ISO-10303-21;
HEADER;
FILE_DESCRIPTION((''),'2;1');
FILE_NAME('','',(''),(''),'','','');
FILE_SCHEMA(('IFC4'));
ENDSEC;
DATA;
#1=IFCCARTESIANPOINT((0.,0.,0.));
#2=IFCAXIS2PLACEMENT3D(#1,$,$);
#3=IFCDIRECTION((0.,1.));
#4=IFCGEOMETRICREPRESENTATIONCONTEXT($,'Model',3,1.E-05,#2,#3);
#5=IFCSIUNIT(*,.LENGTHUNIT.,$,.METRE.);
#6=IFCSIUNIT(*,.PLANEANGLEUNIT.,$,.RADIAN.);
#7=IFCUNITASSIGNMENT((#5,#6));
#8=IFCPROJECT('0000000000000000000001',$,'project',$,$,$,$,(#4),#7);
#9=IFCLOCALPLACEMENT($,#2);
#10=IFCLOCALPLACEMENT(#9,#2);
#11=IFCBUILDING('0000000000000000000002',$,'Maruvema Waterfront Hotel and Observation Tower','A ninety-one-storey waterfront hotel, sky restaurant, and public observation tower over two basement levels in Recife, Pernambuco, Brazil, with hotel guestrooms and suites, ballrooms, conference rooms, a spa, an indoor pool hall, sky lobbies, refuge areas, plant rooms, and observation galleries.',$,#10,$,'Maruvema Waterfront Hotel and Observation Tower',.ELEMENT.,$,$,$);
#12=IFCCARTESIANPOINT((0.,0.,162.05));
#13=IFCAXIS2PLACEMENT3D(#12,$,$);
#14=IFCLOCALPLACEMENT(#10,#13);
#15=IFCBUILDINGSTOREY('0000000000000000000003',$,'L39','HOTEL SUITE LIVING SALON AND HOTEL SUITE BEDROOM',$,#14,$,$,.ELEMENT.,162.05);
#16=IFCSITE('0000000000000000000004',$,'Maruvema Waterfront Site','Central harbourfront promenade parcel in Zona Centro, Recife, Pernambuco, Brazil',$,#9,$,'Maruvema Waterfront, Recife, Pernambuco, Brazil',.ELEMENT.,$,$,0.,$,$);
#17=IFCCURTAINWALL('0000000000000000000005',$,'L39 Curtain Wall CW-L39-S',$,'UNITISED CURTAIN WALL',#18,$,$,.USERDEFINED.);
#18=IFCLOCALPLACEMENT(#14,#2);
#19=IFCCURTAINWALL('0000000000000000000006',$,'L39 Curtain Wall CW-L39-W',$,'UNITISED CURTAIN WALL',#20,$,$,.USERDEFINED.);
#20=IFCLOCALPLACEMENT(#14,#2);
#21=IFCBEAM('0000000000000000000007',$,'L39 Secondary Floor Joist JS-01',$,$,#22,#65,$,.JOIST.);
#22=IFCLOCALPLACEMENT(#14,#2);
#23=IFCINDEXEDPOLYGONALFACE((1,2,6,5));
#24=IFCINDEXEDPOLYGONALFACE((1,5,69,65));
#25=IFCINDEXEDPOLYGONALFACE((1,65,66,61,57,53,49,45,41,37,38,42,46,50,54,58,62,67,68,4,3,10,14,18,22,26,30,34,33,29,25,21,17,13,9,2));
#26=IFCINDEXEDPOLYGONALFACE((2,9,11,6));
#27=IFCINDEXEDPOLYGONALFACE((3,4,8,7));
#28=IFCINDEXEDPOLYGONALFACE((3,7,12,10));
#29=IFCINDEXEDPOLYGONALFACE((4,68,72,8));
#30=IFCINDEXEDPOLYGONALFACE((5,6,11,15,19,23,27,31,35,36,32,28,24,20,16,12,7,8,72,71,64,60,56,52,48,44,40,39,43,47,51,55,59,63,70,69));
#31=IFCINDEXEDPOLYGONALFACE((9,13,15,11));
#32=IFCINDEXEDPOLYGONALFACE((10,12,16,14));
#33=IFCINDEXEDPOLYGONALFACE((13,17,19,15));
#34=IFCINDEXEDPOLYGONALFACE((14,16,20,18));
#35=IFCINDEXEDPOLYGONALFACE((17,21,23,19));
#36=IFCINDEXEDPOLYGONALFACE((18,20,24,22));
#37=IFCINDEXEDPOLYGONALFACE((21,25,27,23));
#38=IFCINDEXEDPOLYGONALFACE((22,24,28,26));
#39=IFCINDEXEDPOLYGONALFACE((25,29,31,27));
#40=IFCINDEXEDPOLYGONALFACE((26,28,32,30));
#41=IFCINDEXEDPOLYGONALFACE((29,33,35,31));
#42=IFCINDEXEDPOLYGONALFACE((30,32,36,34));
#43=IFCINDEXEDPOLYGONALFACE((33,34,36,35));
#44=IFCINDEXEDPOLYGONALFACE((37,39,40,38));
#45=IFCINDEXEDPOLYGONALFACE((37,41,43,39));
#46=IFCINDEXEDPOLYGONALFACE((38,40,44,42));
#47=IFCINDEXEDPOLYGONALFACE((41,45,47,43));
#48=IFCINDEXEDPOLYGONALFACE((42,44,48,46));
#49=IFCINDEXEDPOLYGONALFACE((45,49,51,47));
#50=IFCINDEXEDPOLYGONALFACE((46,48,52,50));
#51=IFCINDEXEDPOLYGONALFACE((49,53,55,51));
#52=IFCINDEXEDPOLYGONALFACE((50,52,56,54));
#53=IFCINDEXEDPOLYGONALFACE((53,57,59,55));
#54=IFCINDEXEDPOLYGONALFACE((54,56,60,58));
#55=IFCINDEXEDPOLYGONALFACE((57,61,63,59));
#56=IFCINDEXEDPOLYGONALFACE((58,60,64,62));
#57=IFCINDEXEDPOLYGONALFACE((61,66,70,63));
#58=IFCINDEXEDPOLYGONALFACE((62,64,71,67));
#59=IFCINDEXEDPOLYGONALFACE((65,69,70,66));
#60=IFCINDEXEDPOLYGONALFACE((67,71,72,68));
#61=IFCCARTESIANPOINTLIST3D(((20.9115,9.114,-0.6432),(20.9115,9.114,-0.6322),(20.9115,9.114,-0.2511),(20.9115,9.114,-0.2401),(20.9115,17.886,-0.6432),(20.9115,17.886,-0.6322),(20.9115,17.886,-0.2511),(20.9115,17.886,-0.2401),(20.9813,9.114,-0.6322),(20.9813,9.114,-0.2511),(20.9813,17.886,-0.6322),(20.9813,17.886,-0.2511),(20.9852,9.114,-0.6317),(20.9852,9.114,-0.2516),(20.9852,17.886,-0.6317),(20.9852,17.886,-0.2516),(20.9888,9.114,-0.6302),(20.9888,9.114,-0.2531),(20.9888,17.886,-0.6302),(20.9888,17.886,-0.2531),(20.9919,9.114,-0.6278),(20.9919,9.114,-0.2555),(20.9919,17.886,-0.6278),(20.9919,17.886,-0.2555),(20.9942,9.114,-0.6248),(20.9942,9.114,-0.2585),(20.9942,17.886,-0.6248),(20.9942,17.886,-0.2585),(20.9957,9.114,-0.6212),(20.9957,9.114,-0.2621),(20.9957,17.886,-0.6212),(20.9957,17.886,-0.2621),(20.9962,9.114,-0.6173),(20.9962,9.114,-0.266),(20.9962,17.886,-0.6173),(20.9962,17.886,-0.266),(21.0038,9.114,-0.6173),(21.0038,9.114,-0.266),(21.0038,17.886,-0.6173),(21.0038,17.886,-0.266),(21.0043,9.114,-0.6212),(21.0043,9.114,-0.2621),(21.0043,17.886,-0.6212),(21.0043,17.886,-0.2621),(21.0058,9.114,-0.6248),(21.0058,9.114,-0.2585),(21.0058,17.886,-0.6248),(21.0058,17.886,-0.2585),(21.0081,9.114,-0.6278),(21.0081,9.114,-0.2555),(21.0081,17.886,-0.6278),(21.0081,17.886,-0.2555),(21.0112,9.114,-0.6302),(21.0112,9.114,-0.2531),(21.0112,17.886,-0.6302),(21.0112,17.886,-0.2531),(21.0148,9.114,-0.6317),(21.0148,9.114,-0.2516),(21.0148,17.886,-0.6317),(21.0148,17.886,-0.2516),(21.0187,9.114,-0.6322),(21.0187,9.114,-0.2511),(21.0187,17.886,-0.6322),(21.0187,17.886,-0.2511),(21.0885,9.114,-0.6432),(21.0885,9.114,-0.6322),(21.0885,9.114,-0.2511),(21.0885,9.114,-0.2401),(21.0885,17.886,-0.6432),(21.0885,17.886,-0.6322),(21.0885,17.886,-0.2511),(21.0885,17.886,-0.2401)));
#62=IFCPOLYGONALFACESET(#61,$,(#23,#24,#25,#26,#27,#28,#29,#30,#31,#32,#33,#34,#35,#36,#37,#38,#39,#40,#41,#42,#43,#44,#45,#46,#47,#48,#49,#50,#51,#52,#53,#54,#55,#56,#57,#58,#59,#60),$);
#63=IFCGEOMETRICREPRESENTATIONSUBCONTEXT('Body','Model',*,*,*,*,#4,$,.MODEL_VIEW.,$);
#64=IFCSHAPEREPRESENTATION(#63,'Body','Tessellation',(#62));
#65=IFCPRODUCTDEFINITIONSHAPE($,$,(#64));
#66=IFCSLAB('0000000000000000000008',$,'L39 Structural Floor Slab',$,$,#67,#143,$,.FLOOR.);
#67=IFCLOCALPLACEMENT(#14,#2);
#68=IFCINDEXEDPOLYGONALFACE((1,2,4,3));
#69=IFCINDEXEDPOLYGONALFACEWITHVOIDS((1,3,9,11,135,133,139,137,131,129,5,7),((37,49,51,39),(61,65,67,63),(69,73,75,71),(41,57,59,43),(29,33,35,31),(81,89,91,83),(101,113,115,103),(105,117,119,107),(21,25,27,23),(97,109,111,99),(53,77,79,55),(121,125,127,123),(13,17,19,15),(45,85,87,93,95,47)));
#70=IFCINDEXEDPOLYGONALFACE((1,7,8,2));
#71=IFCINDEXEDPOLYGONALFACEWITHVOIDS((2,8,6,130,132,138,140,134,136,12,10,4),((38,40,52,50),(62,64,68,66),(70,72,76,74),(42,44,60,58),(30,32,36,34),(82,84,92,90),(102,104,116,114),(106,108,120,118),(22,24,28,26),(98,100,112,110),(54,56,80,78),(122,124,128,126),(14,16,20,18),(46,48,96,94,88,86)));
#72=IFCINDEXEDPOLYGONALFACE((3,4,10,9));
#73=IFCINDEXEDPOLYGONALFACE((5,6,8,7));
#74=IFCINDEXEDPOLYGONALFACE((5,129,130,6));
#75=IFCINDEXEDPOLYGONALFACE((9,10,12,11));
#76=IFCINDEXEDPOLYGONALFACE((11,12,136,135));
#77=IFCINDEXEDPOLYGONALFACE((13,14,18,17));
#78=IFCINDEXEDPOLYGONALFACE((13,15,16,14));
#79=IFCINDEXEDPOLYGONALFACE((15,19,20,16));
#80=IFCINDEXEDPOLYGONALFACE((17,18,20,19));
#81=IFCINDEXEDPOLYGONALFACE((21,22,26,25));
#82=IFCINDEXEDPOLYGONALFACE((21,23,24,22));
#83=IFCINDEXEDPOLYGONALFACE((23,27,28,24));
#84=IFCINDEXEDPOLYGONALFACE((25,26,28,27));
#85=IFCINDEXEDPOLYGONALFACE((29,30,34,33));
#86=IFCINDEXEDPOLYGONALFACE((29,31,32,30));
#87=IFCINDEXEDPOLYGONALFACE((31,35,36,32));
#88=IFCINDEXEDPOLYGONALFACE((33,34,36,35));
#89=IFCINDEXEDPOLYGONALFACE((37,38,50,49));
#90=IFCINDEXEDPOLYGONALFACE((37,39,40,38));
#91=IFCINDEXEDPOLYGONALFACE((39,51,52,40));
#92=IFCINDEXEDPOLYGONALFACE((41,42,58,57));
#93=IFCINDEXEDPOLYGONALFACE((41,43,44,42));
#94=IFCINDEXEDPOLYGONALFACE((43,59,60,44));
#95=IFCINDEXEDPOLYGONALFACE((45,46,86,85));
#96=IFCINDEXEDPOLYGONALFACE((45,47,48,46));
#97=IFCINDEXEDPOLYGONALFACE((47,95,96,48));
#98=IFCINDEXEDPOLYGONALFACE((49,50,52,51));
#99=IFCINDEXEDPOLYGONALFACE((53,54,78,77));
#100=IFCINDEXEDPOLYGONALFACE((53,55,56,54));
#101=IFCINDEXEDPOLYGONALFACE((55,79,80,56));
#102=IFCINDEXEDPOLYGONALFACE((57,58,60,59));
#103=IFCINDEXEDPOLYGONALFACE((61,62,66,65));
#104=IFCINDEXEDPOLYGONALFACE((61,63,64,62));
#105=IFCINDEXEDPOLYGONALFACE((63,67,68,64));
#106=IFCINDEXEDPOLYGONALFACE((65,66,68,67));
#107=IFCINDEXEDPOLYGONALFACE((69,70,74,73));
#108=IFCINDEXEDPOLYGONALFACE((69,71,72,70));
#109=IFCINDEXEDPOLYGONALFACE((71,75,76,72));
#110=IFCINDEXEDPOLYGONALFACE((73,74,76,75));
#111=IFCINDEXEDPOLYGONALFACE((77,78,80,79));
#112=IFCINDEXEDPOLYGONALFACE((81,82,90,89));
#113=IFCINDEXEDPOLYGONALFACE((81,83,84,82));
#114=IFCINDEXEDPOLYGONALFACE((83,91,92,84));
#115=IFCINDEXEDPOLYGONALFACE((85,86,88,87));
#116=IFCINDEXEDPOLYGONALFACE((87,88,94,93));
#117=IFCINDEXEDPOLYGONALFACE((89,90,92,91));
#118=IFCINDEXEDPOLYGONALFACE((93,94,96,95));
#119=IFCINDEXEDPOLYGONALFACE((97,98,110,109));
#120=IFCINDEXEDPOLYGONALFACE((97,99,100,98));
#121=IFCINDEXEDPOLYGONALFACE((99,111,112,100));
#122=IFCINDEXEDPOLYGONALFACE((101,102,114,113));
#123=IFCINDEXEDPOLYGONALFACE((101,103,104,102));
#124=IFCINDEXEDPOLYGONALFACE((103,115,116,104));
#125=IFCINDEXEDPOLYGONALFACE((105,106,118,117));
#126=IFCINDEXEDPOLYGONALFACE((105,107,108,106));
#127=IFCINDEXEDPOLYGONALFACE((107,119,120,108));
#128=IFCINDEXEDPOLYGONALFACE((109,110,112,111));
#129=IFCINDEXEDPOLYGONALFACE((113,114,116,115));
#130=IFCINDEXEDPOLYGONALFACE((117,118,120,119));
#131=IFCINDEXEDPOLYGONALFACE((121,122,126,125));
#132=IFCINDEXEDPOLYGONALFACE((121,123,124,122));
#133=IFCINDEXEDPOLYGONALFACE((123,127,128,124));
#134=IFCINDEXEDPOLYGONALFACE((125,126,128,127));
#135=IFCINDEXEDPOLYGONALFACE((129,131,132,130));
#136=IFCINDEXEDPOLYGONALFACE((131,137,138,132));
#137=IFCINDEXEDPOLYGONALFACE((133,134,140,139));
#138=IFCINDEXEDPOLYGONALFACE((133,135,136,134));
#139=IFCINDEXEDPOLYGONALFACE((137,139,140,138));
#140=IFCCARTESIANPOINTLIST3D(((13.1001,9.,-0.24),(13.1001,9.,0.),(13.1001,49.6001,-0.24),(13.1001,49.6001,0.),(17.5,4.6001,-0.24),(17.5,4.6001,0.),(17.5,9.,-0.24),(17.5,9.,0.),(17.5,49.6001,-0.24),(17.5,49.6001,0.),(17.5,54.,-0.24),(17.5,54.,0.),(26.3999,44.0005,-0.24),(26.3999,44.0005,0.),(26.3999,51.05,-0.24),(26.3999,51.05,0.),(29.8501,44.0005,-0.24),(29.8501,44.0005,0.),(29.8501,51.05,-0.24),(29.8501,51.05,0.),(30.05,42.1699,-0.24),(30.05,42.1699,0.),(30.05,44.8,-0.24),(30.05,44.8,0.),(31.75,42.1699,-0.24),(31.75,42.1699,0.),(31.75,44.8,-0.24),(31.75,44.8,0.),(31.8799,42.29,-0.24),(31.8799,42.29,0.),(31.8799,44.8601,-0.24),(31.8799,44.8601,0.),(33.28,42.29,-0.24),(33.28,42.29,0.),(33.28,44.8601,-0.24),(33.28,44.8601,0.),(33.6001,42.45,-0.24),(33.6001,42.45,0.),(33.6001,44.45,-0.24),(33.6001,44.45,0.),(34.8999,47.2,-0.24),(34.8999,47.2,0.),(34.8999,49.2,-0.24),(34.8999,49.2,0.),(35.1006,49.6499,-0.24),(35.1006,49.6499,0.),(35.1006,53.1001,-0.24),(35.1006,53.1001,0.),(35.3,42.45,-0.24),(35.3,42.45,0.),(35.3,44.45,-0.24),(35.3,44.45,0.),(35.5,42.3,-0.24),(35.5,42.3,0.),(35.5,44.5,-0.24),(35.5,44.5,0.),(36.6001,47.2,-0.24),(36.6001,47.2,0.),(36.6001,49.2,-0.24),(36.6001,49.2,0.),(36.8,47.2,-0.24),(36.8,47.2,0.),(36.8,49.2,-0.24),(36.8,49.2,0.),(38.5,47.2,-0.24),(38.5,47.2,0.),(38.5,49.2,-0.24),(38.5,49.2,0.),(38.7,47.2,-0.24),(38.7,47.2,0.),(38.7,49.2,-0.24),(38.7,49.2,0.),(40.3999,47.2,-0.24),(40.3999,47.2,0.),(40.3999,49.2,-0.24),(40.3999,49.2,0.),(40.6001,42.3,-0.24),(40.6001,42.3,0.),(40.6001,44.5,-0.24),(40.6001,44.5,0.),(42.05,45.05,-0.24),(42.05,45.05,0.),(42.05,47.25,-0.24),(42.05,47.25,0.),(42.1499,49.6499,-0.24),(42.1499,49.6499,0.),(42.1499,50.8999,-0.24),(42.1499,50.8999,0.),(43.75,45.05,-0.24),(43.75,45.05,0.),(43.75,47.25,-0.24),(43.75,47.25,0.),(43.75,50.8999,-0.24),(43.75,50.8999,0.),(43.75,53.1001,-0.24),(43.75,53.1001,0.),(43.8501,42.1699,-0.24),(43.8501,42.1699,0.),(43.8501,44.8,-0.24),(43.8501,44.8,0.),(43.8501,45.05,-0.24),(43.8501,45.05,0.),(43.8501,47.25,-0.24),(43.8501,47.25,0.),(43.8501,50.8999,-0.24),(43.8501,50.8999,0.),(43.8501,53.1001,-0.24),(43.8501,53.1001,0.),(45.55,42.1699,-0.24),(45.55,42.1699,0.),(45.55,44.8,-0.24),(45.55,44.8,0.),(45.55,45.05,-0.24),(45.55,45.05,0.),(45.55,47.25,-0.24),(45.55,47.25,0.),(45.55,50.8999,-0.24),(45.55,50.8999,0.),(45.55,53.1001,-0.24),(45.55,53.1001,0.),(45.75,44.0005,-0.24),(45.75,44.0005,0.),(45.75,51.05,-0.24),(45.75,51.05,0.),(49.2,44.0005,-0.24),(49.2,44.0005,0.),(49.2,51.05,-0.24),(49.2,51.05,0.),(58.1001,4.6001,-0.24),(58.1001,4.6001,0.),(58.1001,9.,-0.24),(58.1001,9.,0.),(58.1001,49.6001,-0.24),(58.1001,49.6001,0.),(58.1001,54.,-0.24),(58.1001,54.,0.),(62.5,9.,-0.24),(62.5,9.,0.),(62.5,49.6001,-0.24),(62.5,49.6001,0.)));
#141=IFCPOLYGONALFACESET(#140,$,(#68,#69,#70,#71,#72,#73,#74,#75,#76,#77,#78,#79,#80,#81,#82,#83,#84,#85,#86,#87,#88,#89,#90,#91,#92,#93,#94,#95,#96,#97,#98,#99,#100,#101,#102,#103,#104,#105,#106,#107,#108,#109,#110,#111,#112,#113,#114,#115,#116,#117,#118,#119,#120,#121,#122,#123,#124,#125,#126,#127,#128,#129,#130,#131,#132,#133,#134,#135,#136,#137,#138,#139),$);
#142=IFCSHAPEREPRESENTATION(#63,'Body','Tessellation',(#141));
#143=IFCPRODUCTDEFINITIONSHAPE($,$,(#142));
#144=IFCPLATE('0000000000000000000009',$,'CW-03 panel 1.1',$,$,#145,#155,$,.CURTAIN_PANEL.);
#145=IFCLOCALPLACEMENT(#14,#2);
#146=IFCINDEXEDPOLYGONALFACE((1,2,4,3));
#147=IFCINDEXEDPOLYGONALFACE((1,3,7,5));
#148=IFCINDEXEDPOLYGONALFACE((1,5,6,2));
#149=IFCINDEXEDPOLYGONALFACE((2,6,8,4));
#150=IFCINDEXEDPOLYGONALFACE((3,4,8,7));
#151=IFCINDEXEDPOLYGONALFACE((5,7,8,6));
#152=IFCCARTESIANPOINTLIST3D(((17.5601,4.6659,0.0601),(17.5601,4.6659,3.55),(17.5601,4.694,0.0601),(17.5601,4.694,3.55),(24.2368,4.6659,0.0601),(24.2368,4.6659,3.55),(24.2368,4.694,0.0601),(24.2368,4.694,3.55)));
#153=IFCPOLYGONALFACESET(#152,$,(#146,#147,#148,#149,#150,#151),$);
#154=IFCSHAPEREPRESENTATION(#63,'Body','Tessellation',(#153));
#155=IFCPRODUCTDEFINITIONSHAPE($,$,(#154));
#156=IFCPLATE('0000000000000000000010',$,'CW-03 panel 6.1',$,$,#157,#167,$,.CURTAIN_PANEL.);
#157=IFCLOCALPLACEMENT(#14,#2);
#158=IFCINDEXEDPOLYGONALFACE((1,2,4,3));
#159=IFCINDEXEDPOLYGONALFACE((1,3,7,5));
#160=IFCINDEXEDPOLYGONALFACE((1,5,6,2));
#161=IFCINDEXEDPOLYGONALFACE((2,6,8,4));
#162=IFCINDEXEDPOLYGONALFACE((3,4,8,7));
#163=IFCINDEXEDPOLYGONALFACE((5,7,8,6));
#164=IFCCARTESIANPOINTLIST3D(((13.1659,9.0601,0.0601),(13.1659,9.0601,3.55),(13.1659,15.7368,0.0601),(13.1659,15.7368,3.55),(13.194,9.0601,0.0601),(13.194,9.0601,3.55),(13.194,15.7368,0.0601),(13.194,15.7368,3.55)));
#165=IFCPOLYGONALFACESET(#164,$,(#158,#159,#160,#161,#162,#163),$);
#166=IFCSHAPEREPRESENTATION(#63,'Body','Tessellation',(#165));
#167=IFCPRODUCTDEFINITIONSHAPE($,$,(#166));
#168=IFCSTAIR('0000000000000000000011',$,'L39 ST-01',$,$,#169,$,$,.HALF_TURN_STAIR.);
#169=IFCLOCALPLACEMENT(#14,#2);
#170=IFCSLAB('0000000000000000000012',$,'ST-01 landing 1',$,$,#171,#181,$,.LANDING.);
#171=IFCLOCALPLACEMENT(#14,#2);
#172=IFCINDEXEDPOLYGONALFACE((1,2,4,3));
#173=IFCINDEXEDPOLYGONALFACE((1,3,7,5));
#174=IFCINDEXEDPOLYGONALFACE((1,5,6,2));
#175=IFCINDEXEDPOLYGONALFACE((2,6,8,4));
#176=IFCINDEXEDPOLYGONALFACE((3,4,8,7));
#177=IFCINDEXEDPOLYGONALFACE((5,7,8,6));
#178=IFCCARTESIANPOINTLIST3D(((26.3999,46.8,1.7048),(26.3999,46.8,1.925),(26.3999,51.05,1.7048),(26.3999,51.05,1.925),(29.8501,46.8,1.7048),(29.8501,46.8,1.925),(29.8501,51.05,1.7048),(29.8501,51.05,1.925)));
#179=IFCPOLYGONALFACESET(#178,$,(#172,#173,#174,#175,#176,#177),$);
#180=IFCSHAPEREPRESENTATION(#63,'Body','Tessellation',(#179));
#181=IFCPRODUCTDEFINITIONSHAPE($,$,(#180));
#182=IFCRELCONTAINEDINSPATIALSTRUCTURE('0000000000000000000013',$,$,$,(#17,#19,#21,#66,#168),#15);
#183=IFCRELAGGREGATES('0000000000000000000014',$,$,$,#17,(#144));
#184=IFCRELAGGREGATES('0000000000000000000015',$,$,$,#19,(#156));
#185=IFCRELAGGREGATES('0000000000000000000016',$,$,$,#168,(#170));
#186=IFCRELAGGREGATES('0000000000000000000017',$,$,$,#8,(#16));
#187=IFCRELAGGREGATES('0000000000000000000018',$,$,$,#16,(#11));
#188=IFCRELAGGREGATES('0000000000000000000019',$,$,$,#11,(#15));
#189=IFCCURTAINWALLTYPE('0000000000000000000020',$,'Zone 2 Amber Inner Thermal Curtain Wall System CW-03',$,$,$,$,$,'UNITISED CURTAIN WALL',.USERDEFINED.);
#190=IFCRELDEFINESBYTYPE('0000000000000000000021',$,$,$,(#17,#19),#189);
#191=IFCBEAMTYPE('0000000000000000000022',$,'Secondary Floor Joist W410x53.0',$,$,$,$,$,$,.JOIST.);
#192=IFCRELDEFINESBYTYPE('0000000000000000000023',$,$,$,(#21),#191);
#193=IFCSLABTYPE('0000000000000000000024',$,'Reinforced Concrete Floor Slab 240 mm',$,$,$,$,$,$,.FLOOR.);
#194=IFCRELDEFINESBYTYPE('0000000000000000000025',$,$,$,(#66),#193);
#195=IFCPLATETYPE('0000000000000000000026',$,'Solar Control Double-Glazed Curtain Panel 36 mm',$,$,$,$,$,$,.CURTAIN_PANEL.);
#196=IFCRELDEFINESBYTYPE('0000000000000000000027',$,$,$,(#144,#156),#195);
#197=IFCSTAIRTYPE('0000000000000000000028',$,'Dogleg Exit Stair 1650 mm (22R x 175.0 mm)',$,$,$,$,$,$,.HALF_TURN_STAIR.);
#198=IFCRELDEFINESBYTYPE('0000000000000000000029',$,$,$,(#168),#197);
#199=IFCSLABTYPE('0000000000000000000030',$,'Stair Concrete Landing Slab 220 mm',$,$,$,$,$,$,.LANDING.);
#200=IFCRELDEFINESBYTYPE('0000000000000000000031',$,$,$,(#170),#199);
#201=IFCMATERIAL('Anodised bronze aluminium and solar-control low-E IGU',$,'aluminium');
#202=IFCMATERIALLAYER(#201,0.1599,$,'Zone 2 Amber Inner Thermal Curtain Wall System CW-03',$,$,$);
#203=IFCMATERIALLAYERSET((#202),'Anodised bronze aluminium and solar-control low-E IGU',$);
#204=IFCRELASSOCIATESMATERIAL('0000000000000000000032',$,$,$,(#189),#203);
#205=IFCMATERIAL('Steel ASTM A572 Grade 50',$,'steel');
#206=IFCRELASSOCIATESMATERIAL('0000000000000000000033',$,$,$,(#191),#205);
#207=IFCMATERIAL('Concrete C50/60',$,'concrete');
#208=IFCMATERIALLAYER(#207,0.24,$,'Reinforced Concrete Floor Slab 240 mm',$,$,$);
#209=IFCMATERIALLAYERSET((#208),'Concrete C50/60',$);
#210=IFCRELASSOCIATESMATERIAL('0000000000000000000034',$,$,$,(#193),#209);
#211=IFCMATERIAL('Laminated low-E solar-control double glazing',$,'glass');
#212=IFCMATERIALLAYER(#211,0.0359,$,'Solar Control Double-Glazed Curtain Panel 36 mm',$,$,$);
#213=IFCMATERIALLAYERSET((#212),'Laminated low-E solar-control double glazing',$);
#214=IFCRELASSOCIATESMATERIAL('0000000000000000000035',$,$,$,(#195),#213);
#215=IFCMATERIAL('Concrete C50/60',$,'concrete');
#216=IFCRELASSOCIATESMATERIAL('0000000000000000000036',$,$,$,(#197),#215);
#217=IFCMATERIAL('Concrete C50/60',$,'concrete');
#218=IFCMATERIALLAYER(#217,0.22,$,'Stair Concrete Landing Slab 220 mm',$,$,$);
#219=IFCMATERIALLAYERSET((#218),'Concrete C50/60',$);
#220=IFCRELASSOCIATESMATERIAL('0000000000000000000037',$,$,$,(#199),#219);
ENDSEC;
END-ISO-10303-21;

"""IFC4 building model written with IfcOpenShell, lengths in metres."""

from ifc_helpers import new_model, si_unit, direction, frame, origin, origin_2d, place, context, subcontext, project, spatial, polyline, rectangle, i_section, outline, extrude, material, layer, layer_set, material_profile, profile_set, type_object, element, aggregate, save


model = new_model("IFC4")

# Units and contexts
model_context = context("Model", 3, precision=1e-05, world=origin(), true_north=direction((0.0, 1.0)))
body_context = subcontext(model_context, "Body", "Model", "MODEL_VIEW")
ifc_project = project(units=[si_unit("LENGTHUNIT", "METRE"), si_unit("PLANEANGLEUNIT", "RADIAN")], contexts=[model_context])

# Site, building, storey
site_placement = place(None, origin())
site = spatial("IfcSite", under=ifc_project, at=site_placement, Name="Maruvema Waterfront Site", Description="Central harbourfront promenade parcel in Zona Centro, Recife, Pernambuco, Brazil", LongName="Maruvema Waterfront, Recife, Pernambuco, Brazil", CompositionType="ELEMENT", RefElevation=0.0)
building_placement = place(site_placement, origin())
building = spatial("IfcBuilding", under=site, at=building_placement, Name="Maruvema Waterfront Hotel and Observation Tower", Description="A ninety-one-storey waterfront hotel, sky restaurant, and public observation tower over two basement levels in Recife, Pernambuco, Brazil, with hotel guestrooms and suites, ballrooms, conference rooms, a spa, an indoor pool hall, sky lobbies, refuge areas, plant rooms, and observation galleries.", LongName="Maruvema Waterfront Hotel and Observation Tower", CompositionType="ELEMENT")
storey_placement = place(building_placement, frame((0.0, 0.0, 162.05)))
storey = spatial("IfcBuildingStorey", under=building, at=storey_placement, Name="L39", Description="HOTEL SUITE LIVING SALON AND HOTEL SUITE BEDROOM", CompositionType="ELEMENT", Elevation=162.05)

# Curtain walls
ifc_material_1 = material(Name="Anodised bronze aluminium and solar-control low-E IGU", Category="aluminium")
ifc_layer_1 = layer(ifc_material_1, 0.1599, Name="Zone 2 Amber Inner Thermal Curtain Wall System CW-03")
ifc_layer_set_1 = layer_set([ifc_layer_1], Name="Anodised bronze aluminium and solar-control low-E IGU")
curtain_wall_type = type_object("IfcCurtainWallType", Name="Zone 2 Amber Inner Thermal Curtain Wall System CW-03", ElementType="UNITISED CURTAIN WALL", PredefinedType="USERDEFINED", material=ifc_layer_set_1)
curtain_wall_1_placement = place(storey_placement, origin())
curtain_wall_1 = element("IfcCurtainWall", 1, at=curtain_wall_1_placement, inside=storey, type_object=curtain_wall_type, Name="L39 Curtain Wall CW-L39-S", ObjectType="UNITISED CURTAIN WALL", PredefinedType="USERDEFINED")
curtain_wall_2_placement = place(storey_placement, origin())
curtain_wall_2 = element("IfcCurtainWall", 2, at=curtain_wall_2_placement, inside=storey, type_object=curtain_wall_type, Name="L39 Curtain Wall CW-L39-W", ObjectType="UNITISED CURTAIN WALL", PredefinedType="USERDEFINED")

# Beam
ifc_material_2 = material(Name="Steel ASTM A572 Grade 50", Category="steel")
ifc_material_profile_1 = material_profile(ifc_material_2, i_section(OverallWidth=0.177, OverallDepth=0.4031, WebThickness=0.0076, FlangeThickness=0.011, FilletRadius=0.0149, at=origin_2d()), Name="W410x53.0")
ifc_profile_set_1 = profile_set([ifc_material_profile_1], Name="Steel ASTM A572 Grade 50")
beam_type_1 = type_object("IfcBeamType", Name="Secondary Floor Joist W410x53.0", PredefinedType="JOIST", material=ifc_profile_set_1)
beam_1_placement = place(storey_placement, frame((21.0, 9.114, -0.4417), z_axis=(0.0, 1.0, 0.0), x_axis=(-1.0, 0.0, 0.0)))
element("IfcBeam", 3, at=beam_1_placement, inside=storey, type_object=beam_type_1, Name="L39 Secondary Floor Joist JS-01", PredefinedType="JOIST", context=body_context, shape_type="SweptSolid", body=[
    extrude(i_section(OverallWidth=0.177, OverallDepth=0.4031, WebThickness=0.0076, FlangeThickness=0.011, FilletRadius=0.0149, at=origin_2d()), origin(), (0.0, 0.0, 1.0), 8.772),
])

# Slab
ifc_material_3 = material(Name="Concrete C50/60", Category="concrete")
ifc_layer_2 = layer(ifc_material_3, 0.24, Name="Reinforced Concrete Floor Slab 240 mm")
ifc_layer_set_2 = layer_set([ifc_layer_2], Name="Concrete C50/60")
slab_type_1 = type_object("IfcSlabType", Name="Reinforced Concrete Floor Slab 240 mm", PredefinedType="FLOOR", material=ifc_layer_set_2)
slab_1_placement = place(storey_placement, frame((0.0, 0.0, -0.24)))
element("IfcSlab", 4, at=slab_1_placement, inside=storey, type_object=slab_type_1, Name="L39 Structural Floor Slab", PredefinedType="FLOOR", context=body_context, shape_type="SweptSolid", body=[
    extrude(outline(polyline([(17.5, 4.6001), (58.1001, 4.6001), (58.1001, 9.0), (62.5, 9.0), (62.5, 49.6001), (58.1001, 49.6001), (58.1001, 54.0), (17.5, 54.0), (17.5, 49.6001), (13.1001, 49.6001), (13.1001, 9.0), (17.5, 9.0), (17.5, 4.6001)]), holes=[polyline([(26.3999, 44.0005), (26.3999, 51.05), (29.8501, 51.05), (29.8501, 44.0005), (26.3999, 44.0005)]), polyline([(30.05, 44.8), (31.75, 44.8), (31.75, 42.1699), (30.05, 42.1699), (30.05, 44.8)]), polyline([(31.8799, 44.8601), (33.28, 44.8601), (33.28, 42.29), (31.8799, 42.29), (31.8799, 44.8601)]), polyline([(33.6001, 44.45), (35.3, 44.45), (35.3, 42.45), (33.6001, 42.45), (33.6001, 44.45)]), polyline([(34.8999, 49.2), (36.6001, 49.2), (36.6001, 47.2), (34.8999, 47.2), (34.8999, 49.2)]), polyline([(36.8, 49.2), (38.5, 49.2), (38.5, 47.2), (36.8, 47.2), (36.8, 49.2)]), polyline([(35.5, 42.3), (35.5, 44.5), (40.6001, 44.5), (40.6001, 42.3), (35.5, 42.3)]), polyline([(35.1006, 53.1001), (43.75, 53.1001), (43.75, 50.8999), (42.1499, 50.8999), (42.1499, 49.6499), (35.1006, 49.6499), (35.1006, 53.1001)]), polyline([(38.7, 49.2), (40.3999, 49.2), (40.3999, 47.2), (38.7, 47.2), (38.7, 49.2)]), polyline([(42.05, 47.25), (43.75, 47.25), (43.75, 45.05), (42.05, 45.05), (42.05, 47.25)]), polyline([(43.8501, 44.8), (45.55, 44.8), (45.55, 42.1699), (43.8501, 42.1699), (43.8501, 44.8)]), polyline([(43.8501, 47.25), (45.55, 47.25), (45.55, 45.05), (43.8501, 45.05), (43.8501, 47.25)]), polyline([(45.55, 53.1001), (45.55, 50.8999), (43.8501, 50.8999), (43.8501, 53.1001), (45.55, 53.1001)]), polyline([(45.75, 44.0005), (45.75, 51.05), (49.2, 51.05), (49.2, 44.0005), (45.75, 44.0005)])]), origin(), (0.0, 0.0, 1.0), 0.24),
])

# Plates
ifc_material_4 = material(Name="Laminated low-E solar-control double glazing", Category="glass")
ifc_layer_3 = layer(ifc_material_4, 0.0359, Name="Solar Control Double-Glazed Curtain Panel 36 mm")
ifc_layer_set_3 = layer_set([ifc_layer_3], Name="Laminated low-E solar-control double glazing")
plate_type = type_object("IfcPlateType", Name="Solar Control Double-Glazed Curtain Panel 36 mm", PredefinedType="CURTAIN_PANEL", material=ifc_layer_set_3)
plate_1_placement = place(storey_placement, frame((20.8984, 4.6799, 0.0601), z_axis=(0.0, 0.0, 1.0), x_axis=(1.0, 0.0, 0.0)))
plate_1 = element("IfcPlate", 5, at=plate_1_placement, type_object=plate_type, Name="CW-03 panel 1.1", PredefinedType="CURTAIN_PANEL", context=body_context, shape_type="SweptSolid", body=[
    extrude(rectangle(XDim=6.6768, YDim=0.0281, at=origin_2d()), origin(), (0.0, 0.0, 1.0), 3.49),
])
aggregate(curtain_wall_1, [plate_1])
plate_2_placement = place(storey_placement, frame((13.1799, 12.3984, 0.0601), z_axis=(0.0, 0.0, 1.0), x_axis=(0.0, -1.0, 0.0)))
plate_2 = element("IfcPlate", 6, at=plate_2_placement, type_object=plate_type, Name="CW-03 panel 6.1", PredefinedType="CURTAIN_PANEL", context=body_context, shape_type="SweptSolid", body=[
    extrude(rectangle(XDim=6.6768, YDim=0.0281, at=origin_2d()), origin(), (0.0, 0.0, 1.0), 3.49),
])
aggregate(curtain_wall_2, [plate_2])

# Stair, slab
ifc_material_5 = material(Name="Concrete C50/60", Category="concrete")
stair_type = type_object("IfcStairType", Name="Dogleg Exit Stair 1650 mm (22R x 175.0 mm)", PredefinedType="HALF_TURN_STAIR", material=ifc_material_5)
stair_1_placement = place(storey_placement, origin())
stair_1 = element("IfcStair", 7, at=stair_1_placement, inside=storey, type_object=stair_type, Name="L39 ST-01", PredefinedType="HALF_TURN_STAIR")
ifc_material_6 = material(Name="Concrete C50/60", Category="concrete")
ifc_layer_4 = layer(ifc_material_6, 0.22, Name="Stair Concrete Landing Slab 220 mm")
ifc_layer_set_4 = layer_set([ifc_layer_4], Name="Concrete C50/60")
slab_type_2 = type_object("IfcSlabType", Name="Stair Concrete Landing Slab 220 mm", PredefinedType="LANDING", material=ifc_layer_set_4)
slab_2_placement = place(storey_placement, frame((0.0, 0.0, 1.7048)))
slab_2 = element("IfcSlab", 8, at=slab_2_placement, type_object=slab_type_2, Name="ST-01 landing 1", PredefinedType="LANDING", context=body_context, shape_type="SweptSolid", body=[
    extrude(outline(polyline([(29.8501, 46.8), (29.8501, 51.05), (26.3999, 51.05), (26.3999, 46.8), (29.8501, 46.8)])), origin(), (0.0, 0.0, 1.0), 0.2202),
])
aggregate(stair_1, [slab_2])

save(model, "model.ifc")
